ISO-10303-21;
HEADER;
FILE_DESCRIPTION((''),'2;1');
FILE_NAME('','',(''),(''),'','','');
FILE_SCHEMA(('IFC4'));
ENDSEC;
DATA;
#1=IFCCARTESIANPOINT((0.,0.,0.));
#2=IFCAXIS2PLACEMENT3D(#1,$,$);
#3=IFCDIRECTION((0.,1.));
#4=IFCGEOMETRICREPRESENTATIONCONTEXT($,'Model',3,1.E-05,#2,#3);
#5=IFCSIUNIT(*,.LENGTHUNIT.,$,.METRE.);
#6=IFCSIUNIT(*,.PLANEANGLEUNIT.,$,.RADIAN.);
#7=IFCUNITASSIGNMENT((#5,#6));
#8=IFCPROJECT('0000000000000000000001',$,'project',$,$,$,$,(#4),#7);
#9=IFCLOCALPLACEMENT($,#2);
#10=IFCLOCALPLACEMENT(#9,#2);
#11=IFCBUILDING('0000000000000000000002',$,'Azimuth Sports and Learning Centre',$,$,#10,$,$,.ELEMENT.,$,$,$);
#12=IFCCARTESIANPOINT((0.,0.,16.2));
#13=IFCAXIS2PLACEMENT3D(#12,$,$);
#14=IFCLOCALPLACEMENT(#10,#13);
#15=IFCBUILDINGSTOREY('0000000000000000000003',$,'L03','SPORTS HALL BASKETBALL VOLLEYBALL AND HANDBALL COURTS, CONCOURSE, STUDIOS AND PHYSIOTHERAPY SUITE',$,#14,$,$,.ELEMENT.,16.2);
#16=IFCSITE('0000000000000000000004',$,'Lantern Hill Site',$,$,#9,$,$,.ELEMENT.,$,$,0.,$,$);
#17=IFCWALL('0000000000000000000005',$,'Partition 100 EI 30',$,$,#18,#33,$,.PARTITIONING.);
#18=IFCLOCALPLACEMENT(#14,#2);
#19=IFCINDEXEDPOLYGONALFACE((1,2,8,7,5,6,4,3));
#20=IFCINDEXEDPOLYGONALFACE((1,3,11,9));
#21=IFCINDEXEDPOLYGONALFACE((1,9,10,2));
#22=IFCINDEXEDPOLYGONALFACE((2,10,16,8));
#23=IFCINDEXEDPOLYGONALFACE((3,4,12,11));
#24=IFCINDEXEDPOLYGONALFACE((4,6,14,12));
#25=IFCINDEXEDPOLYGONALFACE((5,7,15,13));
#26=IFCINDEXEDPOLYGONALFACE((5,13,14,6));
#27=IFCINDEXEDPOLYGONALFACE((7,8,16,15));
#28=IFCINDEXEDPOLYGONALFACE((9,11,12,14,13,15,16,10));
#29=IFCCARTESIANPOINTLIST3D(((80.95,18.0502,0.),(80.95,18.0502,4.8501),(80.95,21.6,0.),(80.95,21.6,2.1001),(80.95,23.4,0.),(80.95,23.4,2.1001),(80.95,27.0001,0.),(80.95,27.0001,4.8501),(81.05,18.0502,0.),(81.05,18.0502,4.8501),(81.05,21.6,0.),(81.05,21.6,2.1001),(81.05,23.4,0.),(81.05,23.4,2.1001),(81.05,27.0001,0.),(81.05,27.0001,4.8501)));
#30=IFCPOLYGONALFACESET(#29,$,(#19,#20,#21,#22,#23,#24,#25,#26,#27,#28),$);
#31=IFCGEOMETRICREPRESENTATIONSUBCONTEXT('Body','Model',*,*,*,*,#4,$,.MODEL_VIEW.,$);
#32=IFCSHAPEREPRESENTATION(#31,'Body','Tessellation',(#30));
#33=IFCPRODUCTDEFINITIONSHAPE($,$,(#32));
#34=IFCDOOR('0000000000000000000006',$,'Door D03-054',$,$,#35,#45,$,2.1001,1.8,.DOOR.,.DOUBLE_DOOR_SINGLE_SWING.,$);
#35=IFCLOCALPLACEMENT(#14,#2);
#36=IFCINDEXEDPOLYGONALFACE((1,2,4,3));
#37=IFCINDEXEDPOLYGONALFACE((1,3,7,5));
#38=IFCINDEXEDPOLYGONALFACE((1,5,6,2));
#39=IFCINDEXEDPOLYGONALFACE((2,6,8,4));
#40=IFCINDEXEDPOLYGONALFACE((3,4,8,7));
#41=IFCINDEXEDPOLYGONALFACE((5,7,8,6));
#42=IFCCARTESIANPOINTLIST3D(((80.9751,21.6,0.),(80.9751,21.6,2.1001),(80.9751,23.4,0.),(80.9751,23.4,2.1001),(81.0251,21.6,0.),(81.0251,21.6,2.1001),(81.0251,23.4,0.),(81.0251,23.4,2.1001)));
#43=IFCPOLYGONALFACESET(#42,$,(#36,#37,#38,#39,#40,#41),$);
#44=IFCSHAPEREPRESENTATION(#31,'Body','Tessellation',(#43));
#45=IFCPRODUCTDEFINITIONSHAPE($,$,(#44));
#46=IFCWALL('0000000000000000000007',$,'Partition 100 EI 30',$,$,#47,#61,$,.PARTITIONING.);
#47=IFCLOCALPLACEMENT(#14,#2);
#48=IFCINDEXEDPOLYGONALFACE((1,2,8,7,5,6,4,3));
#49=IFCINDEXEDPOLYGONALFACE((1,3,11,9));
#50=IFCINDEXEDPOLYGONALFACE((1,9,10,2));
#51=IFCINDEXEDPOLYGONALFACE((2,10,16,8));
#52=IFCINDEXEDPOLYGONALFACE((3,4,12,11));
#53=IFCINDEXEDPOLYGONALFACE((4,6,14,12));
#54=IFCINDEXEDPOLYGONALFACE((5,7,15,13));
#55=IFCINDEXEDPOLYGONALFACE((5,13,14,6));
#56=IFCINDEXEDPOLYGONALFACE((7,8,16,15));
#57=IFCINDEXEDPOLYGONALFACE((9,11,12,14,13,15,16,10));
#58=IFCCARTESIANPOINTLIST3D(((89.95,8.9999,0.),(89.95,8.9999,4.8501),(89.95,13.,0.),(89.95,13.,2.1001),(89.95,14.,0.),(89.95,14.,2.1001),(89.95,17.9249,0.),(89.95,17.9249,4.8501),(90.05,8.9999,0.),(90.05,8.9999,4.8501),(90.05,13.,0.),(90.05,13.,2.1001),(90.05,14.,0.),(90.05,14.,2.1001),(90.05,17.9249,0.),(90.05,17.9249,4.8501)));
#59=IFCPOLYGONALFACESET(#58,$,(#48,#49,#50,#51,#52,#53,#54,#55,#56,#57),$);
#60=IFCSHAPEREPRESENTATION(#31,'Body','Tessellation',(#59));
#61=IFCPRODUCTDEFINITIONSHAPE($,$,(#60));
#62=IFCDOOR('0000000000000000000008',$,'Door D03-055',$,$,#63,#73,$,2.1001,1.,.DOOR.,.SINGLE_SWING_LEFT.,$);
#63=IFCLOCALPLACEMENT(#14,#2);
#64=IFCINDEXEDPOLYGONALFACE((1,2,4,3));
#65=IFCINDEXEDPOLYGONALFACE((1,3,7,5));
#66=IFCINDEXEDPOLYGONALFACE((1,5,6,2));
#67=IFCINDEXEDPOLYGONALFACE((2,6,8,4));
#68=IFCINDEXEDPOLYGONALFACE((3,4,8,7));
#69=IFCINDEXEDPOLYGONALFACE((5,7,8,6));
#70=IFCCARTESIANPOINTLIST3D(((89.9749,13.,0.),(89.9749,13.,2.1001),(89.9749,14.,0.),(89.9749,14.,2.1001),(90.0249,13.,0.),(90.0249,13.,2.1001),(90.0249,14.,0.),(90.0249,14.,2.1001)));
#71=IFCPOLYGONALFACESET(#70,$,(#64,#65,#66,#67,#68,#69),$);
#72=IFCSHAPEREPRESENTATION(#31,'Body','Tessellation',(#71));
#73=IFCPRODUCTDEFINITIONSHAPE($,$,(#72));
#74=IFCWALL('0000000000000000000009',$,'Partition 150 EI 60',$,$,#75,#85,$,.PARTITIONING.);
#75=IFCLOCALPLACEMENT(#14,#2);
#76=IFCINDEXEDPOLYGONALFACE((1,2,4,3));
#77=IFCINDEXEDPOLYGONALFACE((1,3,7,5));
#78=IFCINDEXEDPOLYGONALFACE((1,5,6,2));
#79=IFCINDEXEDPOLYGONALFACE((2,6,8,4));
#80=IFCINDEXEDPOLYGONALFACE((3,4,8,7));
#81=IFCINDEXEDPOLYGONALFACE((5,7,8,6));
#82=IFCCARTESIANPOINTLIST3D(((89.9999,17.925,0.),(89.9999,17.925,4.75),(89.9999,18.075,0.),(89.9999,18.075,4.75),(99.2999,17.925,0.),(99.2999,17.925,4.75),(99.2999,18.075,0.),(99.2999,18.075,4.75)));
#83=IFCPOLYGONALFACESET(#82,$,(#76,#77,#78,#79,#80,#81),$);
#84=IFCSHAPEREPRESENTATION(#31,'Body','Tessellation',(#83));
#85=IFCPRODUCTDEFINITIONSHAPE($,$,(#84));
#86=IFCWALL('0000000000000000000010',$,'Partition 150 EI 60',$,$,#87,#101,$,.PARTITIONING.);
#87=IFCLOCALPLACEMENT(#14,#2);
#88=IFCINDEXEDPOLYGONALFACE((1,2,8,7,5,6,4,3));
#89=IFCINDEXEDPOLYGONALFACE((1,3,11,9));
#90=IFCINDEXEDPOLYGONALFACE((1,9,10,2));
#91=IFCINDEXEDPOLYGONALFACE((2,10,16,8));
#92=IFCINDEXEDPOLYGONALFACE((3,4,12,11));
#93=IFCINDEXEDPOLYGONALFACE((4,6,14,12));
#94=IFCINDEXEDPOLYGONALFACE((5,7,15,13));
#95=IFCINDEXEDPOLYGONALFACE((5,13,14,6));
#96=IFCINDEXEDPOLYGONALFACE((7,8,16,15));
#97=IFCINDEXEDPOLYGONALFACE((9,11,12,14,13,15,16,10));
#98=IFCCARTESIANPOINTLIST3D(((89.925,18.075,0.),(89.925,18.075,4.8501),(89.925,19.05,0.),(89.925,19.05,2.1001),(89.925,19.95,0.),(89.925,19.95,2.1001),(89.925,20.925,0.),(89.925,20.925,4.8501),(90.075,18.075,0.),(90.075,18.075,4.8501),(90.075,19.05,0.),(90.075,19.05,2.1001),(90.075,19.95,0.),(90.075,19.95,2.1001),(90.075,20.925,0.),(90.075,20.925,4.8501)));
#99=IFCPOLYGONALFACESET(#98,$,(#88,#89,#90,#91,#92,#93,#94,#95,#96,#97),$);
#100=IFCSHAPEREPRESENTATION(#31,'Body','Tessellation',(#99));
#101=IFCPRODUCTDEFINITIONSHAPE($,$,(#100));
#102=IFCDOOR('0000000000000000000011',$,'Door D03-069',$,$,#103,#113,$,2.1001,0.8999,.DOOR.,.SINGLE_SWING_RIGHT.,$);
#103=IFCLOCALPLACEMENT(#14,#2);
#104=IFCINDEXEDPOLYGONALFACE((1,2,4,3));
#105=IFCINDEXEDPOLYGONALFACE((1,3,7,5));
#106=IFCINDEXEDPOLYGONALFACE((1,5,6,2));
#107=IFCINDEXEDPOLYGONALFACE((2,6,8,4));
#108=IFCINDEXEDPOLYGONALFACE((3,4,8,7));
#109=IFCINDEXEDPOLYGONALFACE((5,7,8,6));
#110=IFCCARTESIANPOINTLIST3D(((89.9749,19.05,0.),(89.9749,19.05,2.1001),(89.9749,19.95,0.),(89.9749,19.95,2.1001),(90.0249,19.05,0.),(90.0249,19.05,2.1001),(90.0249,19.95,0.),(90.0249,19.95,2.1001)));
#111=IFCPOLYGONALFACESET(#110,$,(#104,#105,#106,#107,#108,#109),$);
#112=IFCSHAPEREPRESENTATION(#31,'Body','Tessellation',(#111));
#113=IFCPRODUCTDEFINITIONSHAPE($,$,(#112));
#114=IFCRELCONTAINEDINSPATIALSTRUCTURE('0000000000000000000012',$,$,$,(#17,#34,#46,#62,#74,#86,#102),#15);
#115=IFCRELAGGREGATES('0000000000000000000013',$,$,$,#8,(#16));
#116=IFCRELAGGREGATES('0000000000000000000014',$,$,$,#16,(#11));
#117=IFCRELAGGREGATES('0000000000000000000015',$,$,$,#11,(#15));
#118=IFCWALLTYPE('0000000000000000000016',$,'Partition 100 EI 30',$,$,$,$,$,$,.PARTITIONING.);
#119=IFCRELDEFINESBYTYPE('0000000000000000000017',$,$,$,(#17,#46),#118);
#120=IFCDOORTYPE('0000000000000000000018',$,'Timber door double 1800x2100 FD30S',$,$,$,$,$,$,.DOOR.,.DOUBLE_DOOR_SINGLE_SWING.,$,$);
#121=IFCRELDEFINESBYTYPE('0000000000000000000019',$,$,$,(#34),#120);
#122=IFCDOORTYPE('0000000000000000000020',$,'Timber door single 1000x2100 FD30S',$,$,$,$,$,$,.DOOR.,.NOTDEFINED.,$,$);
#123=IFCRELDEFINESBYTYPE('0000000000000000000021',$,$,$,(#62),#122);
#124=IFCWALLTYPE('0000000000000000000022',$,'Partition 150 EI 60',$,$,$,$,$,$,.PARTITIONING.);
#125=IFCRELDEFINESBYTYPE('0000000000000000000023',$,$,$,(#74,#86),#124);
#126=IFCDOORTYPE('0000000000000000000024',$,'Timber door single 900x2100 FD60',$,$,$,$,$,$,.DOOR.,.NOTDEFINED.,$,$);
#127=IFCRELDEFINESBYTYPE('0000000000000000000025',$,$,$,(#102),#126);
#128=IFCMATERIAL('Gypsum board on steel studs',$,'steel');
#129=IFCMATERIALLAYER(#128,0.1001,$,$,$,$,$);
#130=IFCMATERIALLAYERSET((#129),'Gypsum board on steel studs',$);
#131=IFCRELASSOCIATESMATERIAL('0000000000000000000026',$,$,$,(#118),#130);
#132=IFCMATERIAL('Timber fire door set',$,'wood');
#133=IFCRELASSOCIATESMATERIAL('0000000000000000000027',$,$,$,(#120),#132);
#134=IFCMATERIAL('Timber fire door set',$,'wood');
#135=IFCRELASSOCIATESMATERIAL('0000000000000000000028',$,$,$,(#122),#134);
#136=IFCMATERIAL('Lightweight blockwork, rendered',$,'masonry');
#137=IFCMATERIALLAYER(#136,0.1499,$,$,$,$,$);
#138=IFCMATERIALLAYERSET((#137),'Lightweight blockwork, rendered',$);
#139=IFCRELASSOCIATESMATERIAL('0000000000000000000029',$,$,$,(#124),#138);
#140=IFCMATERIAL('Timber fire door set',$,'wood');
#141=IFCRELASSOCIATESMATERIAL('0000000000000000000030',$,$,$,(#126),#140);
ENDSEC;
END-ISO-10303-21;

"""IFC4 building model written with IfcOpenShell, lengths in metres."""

from ifc_helpers import new_model, si_unit, direction, frame, frame_2d, origin, place, context, subcontext, project, spatial, rectangle, extrude, material, layer, layer_set, type_object, element, fill, save


model = new_model("IFC4")

# Units and contexts
model_context = context("Model", 3, precision=1e-05, world=origin(), true_north=direction((0.0, 1.0)))
body_context = subcontext(model_context, "Body", "Model", "MODEL_VIEW")
ifc_project = project(units=[si_unit("LENGTHUNIT", "METRE"), si_unit("PLANEANGLEUNIT", "RADIAN")], contexts=[model_context])

# Site, building, storey
site_placement = place(None, origin())
site = spatial("IfcSite", under=ifc_project, at=site_placement, Name="Lantern Hill Site", CompositionType="ELEMENT", RefElevation=0.0)
building_placement = place(site_placement, origin())
building = spatial("IfcBuilding", under=site, at=building_placement, Name="Azimuth Sports and Learning Centre", CompositionType="ELEMENT")
storey_placement = place(building_placement, frame((0.0, 0.0, 16.2)))
storey = spatial("IfcBuildingStorey", under=building, at=storey_placement, Name="L03", Description="SPORTS HALL BASKETBALL VOLLEYBALL AND HANDBALL COURTS, CONCOURSE, STUDIOS AND PHYSIOTHERAPY SUITE", CompositionType="ELEMENT", Elevation=16.2)

# Walls, openings, doors
ifc_material_1 = material(Name="Gypsum board on steel studs", Category="steel")
ifc_layer_1 = layer(ifc_material_1, 0.1001)
ifc_layer_set_1 = layer_set([ifc_layer_1], Name="Gypsum board on steel studs")
wall_type_1 = type_object("IfcWallType", Name="Partition 100 EI 30", PredefinedType="PARTITIONING", material=ifc_layer_set_1)
ifc_material_2 = material(Name="Timber fire door set", Category="wood")
door_type_1 = type_object("IfcDoorType", Name="Timber door double 1800x2100 FD30S", OperationType="DOUBLE_DOOR_SINGLE_SWING", PredefinedType="DOOR", material=ifc_material_2)
wall_1_placement = place(storey_placement, frame((81.0, 18.05, 0.0), z_axis=(0.0, 0.0, 1.0), x_axis=(0.0, 1.0, 0.0)))
wall_1 = element("IfcWall", 1, at=wall_1_placement, inside=storey, type_object=wall_type_1, Name="Partition 100 EI 30", PredefinedType="PARTITIONING", context=body_context, shape_type="SweptSolid", body=[
    extrude(rectangle(XDim=8.95, YDim=0.1001, at=frame_2d((4.4751, 0.0))), origin(), (0.0, 0.0, 1.0), 4.8501),
])
opening_1_placement = place(wall_1_placement, frame((3.55, 0.0, 0.0)))
opening_1 = element("IfcOpeningElement", 2, at=opening_1_placement, cuts=wall_1, PredefinedType="OPENING", context=body_context, shape_type="SweptSolid", body=[
    extrude(rectangle(XDim=1.8, YDim=2.1001, at=frame_2d((0.8999, 1.05))), frame((0.0, 0.061, 0.0), z_axis=(0.0, -1.0, 0.0), x_axis=(1.0, 0.0, 0.0)), (0.0, 0.0, 1.0), 0.1221),
])
door_1_placement = place(opening_1_placement, origin())
door_1 = element("IfcDoor", 3, at=door_1_placement, inside=storey, type_object=door_type_1, Name="Door D03-054", OperationType="DOUBLE_DOOR_SINGLE_SWING", OverallHeight=2.1001, OverallWidth=1.8, PredefinedType="DOOR", context=body_context, shape_type="SweptSolid", body=[
    extrude(rectangle(XDim=1.8, YDim=2.1001, at=frame_2d((0.8999, 1.05))), frame((0.0, 0.0249, 0.0), z_axis=(0.0, -1.0, 0.0), x_axis=(1.0, 0.0, 0.0)), (0.0, 0.0, 1.0), 0.05),
])
fill(opening_1, door_1)
wall_2_placement = place(storey_placement, frame((90.0, 9.0, 0.0), z_axis=(0.0, 0.0, 1.0), x_axis=(0.0, 1.0, 0.0)))
wall_2 = element("IfcWall", 4, at=wall_2_placement, inside=storey, type_object=wall_type_1, Name="Partition 100 EI 30", PredefinedType="PARTITIONING", context=body_context, shape_type="SweptSolid", body=[
    extrude(rectangle(XDim=8.925, YDim=0.1001, at=frame_2d((4.4624, 0.0))), origin(), (0.0, 0.0, 1.0), 4.8501),
])
opening_2_placement = place(wall_2_placement, frame((4.0, 0.0, 0.0)))
opening_2 = element("IfcOpeningElement", 5, at=opening_2_placement, cuts=wall_2, PredefinedType="OPENING", context=body_context, shape_type="SweptSolid", body=[
    extrude(rectangle(XDim=1.0, YDim=2.1001, at=frame_2d((0.5, 1.05))), frame((0.0, 0.061, 0.0), z_axis=(0.0, -1.0, 0.0), x_axis=(1.0, 0.0, 0.0)), (0.0, 0.0, 1.0), 0.1221),
])
ifc_material_3 = material(Name="Timber fire door set", Category="wood")
door_type_2 = type_object("IfcDoorType", Name="Timber door single 1000x2100 FD30S", OperationType="NOTDEFINED", PredefinedType="DOOR", material=ifc_material_3)
door_2_placement = place(opening_2_placement, frame((1.0, 0.0, 0.0), z_axis=(0.0, 0.0, 1.0), x_axis=(-1.0, 0.0, 0.0)))
door_2 = element("IfcDoor", 6, at=door_2_placement, inside=storey, type_object=door_type_2, Name="Door D03-055", OperationType="SINGLE_SWING_LEFT", OverallHeight=2.1001, OverallWidth=1.0, PredefinedType="DOOR", context=body_context, shape_type="SweptSolid", body=[
    extrude(rectangle(XDim=1.0, YDim=2.1001, at=frame_2d((0.5, 1.05))), frame((0.0, 0.0249, 0.0), z_axis=(0.0, -1.0, 0.0), x_axis=(1.0, 0.0, 0.0)), (0.0, 0.0, 1.0), 0.05),
])
fill(opening_2, door_2)

# Wall
ifc_material_4 = material(Name="Lightweight blockwork, rendered", Category="masonry")
ifc_layer_2 = layer(ifc_material_4, 0.1499)
ifc_layer_set_2 = layer_set([ifc_layer_2], Name="Lightweight blockwork, rendered")
wall_type_2 = type_object("IfcWallType", Name="Partition 150 EI 60", PredefinedType="PARTITIONING", material=ifc_layer_set_2)
wall_3_placement = place(storey_placement, frame((90.0, 18.0, 0.0), z_axis=(0.0, 0.0, 1.0), x_axis=(1.0, 0.0, 0.0)))
element("IfcWall", 7, at=wall_3_placement, inside=storey, type_object=wall_type_2, Name="Partition 150 EI 60", PredefinedType="PARTITIONING", context=body_context, shape_type="SweptSolid", body=[
    extrude(rectangle(XDim=9.3, YDim=0.1499, at=frame_2d((4.6499, 0.0))), origin(), (0.0, 0.0, 1.0), 4.75),
])

# Wall, opening, door
wall_4_placement = place(storey_placement, frame((90.0, 18.075, 0.0), z_axis=(0.0, 0.0, 1.0), x_axis=(0.0, 1.0, 0.0)))
wall_4 = element("IfcWall", 8, at=wall_4_placement, inside=storey, type_object=wall_type_2, Name="Partition 150 EI 60", PredefinedType="PARTITIONING", context=body_context, shape_type="SweptSolid", body=[
    extrude(rectangle(XDim=2.8501, YDim=0.1499, at=frame_2d((1.425, 0.0))), origin(), (0.0, 0.0, 1.0), 4.8501),
])
opening_3_placement = place(wall_4_placement, frame((0.9751, 0.0, 0.0)))
opening_3 = element("IfcOpeningElement", 9, at=opening_3_placement, cuts=wall_4, PredefinedType="OPENING", context=body_context, shape_type="SweptSolid", body=[
    extrude(rectangle(XDim=0.8999, YDim=2.1001, at=frame_2d((0.45, 1.05))), frame((0.0, 0.0859, 0.0), z_axis=(0.0, -1.0, 0.0), x_axis=(1.0, 0.0, 0.0)), (0.0, 0.0, 1.0), 0.1719),
])
ifc_material_5 = material(Name="Timber fire door set", Category="wood")
door_type_3 = type_object("IfcDoorType", Name="Timber door single 900x2100 FD60", OperationType="NOTDEFINED", PredefinedType="DOOR", material=ifc_material_5)
door_3_placement = place(opening_3_placement, frame((0.8999, 0.0, 0.0), z_axis=(0.0, 0.0, 1.0), x_axis=(-1.0, 0.0, 0.0)))
door_3 = element("IfcDoor", 10, at=door_3_placement, inside=storey, type_object=door_type_3, Name="Door D03-069", OperationType="SINGLE_SWING_RIGHT", OverallHeight=2.1001, OverallWidth=0.8999, PredefinedType="DOOR", context=body_context, shape_type="SweptSolid", body=[
    extrude(rectangle(XDim=0.8999, YDim=2.1001, at=frame_2d((0.45, 1.05))), frame((0.0, 0.0249, 0.0), z_axis=(0.0, -1.0, 0.0), x_axis=(1.0, 0.0, 0.0)), (0.0, 0.0, 1.0), 0.05),
])
fill(opening_3, door_3)

save(model, "model.ifc")
